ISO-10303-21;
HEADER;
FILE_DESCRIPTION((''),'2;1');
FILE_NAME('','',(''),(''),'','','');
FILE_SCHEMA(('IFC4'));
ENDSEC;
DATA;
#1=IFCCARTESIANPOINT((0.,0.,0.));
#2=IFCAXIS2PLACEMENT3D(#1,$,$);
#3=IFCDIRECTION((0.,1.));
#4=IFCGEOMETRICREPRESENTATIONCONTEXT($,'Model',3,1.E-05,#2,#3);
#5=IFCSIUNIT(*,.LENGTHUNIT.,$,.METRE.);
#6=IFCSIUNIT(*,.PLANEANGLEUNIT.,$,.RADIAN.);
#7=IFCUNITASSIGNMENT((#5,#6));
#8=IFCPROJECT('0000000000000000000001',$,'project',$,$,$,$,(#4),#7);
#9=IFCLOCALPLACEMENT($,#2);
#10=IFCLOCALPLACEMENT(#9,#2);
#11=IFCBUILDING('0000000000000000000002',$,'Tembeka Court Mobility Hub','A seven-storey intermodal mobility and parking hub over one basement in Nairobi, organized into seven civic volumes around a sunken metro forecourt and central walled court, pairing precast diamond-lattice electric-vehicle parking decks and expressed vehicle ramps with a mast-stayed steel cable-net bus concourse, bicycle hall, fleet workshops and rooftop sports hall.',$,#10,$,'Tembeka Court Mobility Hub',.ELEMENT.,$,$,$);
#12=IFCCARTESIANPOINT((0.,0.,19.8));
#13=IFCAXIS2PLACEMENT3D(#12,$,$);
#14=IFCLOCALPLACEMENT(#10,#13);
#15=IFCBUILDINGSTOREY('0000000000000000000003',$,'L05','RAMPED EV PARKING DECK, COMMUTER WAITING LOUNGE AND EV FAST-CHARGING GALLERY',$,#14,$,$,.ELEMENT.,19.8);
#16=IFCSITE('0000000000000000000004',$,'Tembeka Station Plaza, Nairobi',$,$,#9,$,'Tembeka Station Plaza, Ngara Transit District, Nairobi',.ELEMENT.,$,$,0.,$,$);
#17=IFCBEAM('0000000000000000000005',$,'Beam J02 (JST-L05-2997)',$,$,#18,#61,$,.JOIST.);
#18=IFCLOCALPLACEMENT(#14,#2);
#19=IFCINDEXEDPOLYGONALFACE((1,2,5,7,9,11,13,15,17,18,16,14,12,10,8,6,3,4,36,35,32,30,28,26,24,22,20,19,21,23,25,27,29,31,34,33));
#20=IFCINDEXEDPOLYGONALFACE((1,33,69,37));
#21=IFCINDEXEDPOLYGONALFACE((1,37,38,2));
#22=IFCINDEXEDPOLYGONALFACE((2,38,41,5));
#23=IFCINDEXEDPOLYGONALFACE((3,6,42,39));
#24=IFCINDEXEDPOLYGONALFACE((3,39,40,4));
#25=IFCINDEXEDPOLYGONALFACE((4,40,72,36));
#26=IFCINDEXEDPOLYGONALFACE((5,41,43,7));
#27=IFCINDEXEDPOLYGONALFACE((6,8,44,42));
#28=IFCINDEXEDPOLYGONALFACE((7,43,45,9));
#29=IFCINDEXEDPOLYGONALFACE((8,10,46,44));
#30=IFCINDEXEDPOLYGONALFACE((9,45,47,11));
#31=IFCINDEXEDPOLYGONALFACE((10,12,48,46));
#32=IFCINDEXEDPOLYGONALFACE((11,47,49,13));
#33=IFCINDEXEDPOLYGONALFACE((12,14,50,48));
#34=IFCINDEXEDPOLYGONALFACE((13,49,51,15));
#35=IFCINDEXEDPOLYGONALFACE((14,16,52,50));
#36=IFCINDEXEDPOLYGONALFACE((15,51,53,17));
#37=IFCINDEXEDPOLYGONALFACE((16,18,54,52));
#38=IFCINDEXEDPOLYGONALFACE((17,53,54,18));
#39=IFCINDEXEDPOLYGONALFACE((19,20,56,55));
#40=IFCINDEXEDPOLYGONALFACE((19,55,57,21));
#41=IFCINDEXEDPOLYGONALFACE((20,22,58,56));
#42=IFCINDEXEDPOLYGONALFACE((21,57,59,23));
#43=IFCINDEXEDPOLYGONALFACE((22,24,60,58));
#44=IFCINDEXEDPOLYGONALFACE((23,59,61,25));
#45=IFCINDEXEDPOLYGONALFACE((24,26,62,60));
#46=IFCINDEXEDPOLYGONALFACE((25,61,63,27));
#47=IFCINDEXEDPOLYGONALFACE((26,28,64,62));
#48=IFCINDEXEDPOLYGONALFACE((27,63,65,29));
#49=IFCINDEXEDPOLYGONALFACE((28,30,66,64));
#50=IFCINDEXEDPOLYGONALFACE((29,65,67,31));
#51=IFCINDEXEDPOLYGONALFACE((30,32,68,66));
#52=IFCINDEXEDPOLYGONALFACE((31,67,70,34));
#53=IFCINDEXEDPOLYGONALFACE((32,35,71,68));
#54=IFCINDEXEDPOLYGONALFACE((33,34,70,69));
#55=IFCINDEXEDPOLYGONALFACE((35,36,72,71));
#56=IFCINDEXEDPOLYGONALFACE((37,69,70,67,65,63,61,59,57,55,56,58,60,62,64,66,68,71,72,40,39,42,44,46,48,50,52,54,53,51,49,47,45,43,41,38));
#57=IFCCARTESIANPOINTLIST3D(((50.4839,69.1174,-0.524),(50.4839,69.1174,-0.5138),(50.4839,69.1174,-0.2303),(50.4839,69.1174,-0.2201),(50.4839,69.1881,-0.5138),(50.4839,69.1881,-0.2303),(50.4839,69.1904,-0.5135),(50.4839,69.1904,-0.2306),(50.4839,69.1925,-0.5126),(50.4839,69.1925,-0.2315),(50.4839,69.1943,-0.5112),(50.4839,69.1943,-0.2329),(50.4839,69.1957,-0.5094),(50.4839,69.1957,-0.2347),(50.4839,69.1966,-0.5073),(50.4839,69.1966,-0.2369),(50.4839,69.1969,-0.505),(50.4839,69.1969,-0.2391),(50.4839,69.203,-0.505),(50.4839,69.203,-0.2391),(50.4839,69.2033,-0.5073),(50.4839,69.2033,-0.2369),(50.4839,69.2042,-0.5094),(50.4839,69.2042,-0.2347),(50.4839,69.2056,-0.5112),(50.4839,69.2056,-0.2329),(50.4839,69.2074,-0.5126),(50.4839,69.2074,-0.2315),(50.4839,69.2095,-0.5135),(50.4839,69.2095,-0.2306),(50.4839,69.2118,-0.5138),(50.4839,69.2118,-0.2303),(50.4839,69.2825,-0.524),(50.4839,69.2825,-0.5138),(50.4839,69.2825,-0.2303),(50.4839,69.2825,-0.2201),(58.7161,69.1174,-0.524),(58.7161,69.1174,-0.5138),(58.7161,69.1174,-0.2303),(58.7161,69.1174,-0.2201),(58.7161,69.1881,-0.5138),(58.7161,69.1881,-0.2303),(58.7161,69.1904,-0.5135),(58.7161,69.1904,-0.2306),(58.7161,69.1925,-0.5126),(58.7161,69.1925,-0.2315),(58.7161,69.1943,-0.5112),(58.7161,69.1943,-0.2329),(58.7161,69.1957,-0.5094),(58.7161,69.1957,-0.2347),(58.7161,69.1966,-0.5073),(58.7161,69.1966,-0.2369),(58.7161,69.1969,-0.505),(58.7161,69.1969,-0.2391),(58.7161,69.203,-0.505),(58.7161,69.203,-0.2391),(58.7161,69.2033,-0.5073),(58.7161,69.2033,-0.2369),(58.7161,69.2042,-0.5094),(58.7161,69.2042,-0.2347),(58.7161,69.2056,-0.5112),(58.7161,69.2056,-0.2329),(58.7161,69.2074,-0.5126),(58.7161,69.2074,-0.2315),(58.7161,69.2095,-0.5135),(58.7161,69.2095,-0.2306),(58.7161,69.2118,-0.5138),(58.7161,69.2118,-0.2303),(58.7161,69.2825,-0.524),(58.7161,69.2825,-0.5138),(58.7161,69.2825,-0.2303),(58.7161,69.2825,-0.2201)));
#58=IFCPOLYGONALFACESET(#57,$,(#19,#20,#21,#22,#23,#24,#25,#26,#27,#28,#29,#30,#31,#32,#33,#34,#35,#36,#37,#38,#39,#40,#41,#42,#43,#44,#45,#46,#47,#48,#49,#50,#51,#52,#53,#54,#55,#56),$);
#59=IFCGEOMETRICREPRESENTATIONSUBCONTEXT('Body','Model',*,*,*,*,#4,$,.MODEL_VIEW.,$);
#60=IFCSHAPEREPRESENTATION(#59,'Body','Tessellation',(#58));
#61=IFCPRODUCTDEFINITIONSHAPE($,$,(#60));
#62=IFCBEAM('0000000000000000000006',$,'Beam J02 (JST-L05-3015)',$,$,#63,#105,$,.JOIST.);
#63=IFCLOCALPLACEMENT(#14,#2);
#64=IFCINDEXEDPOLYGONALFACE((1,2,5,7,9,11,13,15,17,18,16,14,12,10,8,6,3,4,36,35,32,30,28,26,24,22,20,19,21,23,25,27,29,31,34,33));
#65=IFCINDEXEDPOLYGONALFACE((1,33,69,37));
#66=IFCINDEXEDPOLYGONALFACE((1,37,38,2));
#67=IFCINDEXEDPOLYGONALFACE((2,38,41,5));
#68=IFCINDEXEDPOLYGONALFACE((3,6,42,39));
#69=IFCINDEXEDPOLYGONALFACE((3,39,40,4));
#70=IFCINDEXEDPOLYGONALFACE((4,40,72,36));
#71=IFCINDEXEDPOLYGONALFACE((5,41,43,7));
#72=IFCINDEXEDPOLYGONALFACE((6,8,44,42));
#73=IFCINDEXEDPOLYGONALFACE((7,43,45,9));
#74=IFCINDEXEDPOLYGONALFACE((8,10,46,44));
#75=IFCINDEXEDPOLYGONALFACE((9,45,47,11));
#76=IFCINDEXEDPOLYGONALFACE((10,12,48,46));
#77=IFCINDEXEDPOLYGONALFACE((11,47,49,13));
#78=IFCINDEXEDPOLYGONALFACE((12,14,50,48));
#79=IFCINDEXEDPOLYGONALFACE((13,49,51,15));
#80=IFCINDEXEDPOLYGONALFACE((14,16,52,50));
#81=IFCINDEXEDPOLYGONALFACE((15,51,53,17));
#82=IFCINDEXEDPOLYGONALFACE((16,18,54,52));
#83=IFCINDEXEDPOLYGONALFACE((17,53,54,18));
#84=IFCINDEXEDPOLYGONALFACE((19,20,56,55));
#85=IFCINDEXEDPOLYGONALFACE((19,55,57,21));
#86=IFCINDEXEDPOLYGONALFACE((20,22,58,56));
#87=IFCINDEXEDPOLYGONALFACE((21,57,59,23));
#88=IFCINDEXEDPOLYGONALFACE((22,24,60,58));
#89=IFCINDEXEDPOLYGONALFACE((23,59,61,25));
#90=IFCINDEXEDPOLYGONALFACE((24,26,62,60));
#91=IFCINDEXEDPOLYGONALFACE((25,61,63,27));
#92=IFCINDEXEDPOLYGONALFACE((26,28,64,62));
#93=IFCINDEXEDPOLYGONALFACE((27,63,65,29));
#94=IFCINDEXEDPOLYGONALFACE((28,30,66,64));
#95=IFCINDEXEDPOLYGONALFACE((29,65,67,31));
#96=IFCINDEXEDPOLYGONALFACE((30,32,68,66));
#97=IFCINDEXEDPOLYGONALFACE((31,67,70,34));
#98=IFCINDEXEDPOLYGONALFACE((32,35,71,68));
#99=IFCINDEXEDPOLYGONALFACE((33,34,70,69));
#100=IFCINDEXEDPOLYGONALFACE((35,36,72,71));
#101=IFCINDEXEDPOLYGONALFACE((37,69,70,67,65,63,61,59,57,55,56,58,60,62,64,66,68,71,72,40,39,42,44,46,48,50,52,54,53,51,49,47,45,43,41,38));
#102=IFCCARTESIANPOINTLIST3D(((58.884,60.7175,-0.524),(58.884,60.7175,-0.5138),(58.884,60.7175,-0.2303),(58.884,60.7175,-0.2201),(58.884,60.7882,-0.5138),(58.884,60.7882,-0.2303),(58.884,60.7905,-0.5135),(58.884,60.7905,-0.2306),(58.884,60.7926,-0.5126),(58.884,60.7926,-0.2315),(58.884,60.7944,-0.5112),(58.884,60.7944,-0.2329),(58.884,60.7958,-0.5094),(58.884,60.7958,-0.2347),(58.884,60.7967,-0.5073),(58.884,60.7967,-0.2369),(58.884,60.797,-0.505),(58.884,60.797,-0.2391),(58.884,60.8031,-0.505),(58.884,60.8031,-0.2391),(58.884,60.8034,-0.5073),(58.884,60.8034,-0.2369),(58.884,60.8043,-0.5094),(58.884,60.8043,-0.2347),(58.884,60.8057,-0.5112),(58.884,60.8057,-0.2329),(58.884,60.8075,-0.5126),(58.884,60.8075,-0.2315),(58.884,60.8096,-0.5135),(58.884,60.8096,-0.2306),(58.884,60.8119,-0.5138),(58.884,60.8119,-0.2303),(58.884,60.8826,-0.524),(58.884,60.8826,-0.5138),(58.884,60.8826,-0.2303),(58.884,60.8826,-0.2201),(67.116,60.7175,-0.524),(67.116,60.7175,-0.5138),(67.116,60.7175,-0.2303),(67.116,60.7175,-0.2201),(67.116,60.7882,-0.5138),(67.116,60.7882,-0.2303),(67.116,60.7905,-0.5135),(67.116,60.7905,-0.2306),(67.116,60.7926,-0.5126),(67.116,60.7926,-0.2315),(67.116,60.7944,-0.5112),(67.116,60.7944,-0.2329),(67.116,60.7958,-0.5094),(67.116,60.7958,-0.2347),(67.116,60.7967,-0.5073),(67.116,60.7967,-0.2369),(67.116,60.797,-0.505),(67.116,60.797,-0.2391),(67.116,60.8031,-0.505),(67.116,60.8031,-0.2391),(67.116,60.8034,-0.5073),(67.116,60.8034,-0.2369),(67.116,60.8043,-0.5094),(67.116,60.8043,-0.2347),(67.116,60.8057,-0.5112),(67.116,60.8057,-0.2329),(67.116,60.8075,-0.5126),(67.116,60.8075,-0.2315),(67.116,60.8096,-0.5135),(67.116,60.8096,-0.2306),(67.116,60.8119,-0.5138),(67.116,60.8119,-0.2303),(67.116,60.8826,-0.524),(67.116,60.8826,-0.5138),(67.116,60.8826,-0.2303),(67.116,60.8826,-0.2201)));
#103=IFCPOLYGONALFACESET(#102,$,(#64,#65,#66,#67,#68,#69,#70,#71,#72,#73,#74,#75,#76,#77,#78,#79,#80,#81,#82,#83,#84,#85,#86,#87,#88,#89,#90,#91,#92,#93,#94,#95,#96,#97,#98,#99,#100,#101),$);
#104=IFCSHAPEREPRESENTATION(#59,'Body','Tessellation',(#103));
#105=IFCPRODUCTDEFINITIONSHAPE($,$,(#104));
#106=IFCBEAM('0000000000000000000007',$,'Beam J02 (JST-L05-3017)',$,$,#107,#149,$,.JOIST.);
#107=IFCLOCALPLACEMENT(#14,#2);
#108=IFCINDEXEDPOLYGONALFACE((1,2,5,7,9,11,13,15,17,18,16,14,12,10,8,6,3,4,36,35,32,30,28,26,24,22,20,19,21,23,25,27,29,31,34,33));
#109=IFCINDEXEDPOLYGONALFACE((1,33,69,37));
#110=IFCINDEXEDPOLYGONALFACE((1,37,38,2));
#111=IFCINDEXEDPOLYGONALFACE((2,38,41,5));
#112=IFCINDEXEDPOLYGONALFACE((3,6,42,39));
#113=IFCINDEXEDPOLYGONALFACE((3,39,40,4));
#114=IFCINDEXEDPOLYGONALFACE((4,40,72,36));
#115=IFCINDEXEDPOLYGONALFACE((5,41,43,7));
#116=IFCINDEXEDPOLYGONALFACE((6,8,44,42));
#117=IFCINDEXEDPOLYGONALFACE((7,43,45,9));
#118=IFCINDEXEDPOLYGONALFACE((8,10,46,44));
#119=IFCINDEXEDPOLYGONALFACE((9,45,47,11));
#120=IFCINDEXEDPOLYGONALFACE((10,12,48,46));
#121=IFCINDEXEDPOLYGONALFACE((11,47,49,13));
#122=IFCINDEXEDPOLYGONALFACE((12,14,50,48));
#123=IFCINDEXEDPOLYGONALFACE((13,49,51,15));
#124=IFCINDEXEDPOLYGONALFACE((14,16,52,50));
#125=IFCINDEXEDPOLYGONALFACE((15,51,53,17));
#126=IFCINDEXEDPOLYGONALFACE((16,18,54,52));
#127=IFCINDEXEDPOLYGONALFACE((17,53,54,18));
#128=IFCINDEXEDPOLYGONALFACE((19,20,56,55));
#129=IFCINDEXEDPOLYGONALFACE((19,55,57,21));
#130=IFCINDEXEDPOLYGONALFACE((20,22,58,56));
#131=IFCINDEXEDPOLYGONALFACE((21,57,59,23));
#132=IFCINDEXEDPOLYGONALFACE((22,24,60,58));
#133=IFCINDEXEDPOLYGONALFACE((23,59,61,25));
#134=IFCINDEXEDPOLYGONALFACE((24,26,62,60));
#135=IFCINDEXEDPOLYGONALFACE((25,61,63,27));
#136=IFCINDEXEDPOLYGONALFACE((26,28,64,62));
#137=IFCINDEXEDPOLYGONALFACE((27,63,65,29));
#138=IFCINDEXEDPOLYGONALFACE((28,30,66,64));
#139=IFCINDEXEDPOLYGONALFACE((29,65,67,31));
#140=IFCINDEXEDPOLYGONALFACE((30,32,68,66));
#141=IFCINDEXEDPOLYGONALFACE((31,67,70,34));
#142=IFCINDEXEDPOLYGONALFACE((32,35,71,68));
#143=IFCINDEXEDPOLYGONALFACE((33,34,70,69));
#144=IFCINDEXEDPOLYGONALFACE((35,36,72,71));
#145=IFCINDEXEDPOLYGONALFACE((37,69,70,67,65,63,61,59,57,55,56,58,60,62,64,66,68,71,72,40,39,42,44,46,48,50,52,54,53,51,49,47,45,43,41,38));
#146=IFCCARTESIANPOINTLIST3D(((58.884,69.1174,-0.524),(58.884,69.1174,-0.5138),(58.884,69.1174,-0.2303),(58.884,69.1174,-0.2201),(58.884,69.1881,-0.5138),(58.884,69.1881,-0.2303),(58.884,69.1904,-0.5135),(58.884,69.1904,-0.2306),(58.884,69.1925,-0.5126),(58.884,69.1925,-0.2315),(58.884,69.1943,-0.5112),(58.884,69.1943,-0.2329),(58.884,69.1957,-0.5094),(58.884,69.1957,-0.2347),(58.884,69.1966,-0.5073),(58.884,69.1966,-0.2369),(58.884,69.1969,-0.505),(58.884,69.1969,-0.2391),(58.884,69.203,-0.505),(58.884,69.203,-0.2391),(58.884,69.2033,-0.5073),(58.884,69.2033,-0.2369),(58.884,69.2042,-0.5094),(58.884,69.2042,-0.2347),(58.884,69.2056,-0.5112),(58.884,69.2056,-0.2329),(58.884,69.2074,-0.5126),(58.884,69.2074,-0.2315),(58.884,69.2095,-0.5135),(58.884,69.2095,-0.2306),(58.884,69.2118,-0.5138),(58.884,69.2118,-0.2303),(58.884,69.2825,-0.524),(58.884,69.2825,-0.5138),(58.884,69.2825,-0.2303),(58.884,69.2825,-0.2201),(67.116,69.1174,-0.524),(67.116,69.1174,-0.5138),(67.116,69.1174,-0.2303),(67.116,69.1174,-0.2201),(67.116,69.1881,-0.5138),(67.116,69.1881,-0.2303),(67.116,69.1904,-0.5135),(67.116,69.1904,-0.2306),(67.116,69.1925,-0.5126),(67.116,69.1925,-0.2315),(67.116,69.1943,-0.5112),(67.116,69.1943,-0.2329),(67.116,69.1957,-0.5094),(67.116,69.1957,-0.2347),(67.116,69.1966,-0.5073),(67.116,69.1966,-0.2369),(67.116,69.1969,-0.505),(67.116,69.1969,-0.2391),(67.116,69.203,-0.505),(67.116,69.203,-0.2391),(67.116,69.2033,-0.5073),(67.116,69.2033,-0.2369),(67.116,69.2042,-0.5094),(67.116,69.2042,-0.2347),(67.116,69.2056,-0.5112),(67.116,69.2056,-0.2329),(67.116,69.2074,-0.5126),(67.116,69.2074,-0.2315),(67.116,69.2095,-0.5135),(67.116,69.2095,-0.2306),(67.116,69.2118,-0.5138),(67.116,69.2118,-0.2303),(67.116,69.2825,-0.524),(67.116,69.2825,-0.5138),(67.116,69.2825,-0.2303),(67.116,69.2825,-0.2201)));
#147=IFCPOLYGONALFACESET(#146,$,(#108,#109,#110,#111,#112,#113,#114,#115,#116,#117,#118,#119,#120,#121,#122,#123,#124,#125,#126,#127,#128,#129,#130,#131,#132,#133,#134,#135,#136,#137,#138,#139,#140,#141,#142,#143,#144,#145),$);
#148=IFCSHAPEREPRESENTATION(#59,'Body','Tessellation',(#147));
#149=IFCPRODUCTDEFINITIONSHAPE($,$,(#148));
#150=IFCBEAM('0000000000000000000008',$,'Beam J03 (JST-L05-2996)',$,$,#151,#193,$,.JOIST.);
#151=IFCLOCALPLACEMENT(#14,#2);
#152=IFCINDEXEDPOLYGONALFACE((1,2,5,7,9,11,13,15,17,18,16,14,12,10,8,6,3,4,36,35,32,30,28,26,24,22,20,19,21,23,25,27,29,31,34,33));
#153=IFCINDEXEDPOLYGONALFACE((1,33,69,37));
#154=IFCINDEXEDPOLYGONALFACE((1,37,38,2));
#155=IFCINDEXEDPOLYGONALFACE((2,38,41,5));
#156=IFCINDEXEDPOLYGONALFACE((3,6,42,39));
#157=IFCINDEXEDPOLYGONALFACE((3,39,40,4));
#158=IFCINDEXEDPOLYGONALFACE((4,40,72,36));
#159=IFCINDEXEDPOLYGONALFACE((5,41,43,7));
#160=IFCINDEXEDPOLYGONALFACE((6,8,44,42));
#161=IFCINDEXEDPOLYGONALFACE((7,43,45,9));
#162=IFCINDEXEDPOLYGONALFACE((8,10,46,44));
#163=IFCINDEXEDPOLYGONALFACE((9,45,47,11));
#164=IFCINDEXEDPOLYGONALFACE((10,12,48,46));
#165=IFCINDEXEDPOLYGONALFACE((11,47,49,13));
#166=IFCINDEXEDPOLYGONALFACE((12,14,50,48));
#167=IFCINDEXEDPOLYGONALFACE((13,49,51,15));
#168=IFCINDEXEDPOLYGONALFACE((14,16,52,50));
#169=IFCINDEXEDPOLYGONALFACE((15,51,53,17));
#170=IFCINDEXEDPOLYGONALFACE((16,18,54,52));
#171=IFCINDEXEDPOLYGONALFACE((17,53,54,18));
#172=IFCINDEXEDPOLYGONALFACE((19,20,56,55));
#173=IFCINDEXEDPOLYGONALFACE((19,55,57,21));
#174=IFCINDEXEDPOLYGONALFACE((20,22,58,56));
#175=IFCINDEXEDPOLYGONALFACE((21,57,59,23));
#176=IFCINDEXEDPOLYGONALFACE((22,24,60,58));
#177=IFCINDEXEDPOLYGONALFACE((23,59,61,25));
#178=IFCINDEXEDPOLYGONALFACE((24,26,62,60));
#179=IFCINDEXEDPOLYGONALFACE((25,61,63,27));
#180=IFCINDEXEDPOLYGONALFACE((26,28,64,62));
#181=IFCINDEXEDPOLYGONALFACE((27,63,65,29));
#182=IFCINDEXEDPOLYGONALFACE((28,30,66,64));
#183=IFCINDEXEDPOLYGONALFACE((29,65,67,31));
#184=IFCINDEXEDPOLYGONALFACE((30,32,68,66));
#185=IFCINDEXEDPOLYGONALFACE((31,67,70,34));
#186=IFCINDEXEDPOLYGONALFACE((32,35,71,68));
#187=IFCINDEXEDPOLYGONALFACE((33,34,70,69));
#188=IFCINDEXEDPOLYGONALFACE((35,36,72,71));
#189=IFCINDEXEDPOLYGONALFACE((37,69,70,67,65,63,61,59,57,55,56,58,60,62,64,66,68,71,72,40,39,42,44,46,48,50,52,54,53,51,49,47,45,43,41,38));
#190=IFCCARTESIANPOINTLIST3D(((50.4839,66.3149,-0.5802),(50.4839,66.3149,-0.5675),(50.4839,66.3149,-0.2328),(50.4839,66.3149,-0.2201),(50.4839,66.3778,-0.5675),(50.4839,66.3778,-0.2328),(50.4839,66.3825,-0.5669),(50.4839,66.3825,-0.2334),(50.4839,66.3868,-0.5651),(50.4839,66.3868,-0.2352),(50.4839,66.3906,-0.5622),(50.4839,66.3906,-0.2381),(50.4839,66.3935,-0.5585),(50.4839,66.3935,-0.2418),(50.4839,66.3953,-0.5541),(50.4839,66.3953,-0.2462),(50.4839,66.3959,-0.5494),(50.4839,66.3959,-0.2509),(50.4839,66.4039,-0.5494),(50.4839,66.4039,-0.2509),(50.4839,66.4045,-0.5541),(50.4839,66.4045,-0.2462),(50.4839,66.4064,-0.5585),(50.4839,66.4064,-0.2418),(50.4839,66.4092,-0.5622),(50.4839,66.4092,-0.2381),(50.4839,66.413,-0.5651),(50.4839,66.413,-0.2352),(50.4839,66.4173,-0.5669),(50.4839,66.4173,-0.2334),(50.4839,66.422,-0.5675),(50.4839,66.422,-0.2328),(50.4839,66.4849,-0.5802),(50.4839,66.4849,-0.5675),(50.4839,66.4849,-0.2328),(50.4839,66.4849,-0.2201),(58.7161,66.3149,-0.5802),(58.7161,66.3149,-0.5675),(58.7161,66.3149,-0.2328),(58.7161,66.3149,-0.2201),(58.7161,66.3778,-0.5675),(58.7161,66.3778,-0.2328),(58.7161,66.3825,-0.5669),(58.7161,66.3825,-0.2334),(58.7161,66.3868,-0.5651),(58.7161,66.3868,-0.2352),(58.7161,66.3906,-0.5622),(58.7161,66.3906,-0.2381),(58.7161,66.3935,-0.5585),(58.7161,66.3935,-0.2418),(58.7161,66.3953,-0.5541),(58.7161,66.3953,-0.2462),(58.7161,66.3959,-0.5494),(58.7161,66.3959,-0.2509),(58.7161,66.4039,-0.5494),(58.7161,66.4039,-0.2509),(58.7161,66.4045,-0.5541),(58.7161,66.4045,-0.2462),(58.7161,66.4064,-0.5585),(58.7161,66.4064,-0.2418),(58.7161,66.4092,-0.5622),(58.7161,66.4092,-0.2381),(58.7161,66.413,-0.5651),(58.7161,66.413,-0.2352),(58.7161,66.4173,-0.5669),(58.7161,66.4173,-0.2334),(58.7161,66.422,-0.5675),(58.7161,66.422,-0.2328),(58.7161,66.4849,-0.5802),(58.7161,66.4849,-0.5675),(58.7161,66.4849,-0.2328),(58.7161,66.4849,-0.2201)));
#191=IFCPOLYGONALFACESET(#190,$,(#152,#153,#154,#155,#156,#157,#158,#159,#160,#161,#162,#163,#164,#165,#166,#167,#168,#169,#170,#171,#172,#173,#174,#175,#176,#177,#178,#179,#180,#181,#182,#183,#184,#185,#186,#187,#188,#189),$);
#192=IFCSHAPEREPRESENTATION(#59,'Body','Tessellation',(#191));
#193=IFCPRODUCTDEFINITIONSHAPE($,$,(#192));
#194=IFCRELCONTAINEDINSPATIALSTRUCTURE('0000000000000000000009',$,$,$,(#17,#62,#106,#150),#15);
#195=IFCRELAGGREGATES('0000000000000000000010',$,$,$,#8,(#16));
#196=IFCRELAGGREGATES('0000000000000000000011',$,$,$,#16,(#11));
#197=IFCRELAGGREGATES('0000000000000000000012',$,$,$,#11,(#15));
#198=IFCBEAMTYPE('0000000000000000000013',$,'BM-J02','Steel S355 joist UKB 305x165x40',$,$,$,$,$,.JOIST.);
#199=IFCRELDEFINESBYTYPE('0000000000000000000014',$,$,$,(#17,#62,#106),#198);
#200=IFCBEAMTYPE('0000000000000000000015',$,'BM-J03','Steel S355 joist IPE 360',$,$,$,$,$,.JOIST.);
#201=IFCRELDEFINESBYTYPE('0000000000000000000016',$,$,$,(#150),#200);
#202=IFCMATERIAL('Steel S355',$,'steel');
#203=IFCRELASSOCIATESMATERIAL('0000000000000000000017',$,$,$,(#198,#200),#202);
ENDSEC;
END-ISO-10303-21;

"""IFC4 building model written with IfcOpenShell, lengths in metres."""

from ifc_helpers import new_model, si_unit, direction, frame, origin, origin_2d, place, context, subcontext, project, spatial, i_section, extrude, material, material_profile, profile_set, type_object, element, save


model = new_model("IFC4")

# Units and contexts
model_context = context("Model", 3, precision=1e-05, world=origin(), true_north=direction((0.0, 1.0)))
body_context = subcontext(model_context, "Body", "Model", "MODEL_VIEW")
ifc_project = project(units=[si_unit("LENGTHUNIT", "METRE"), si_unit("PLANEANGLEUNIT", "RADIAN")], contexts=[model_context])

# Site, building, storey
site_placement = place(None, origin())
site = spatial("IfcSite", under=ifc_project, at=site_placement, Name="Tembeka Station Plaza, Nairobi", LongName="Tembeka Station Plaza, Ngara Transit District, Nairobi", CompositionType="ELEMENT", RefElevation=0.0)
building_placement = place(site_placement, origin())
building = spatial("IfcBuilding", under=site, at=building_placement, Name="Tembeka Court Mobility Hub", Description="A seven-storey intermodal mobility and parking hub over one basement in Nairobi, organized into seven civic volumes around a sunken metro forecourt and central walled court, pairing precast diamond-lattice electric-vehicle parking decks and expressed vehicle ramps with a mast-stayed steel cable-net bus concourse, bicycle hall, fleet workshops and rooftop sports hall.", LongName="Tembeka Court Mobility Hub", CompositionType="ELEMENT")
storey_placement = place(building_placement, frame((0.0, 0.0, 19.8)))
storey = spatial("IfcBuildingStorey", under=building, at=storey_placement, Name="L05", Description="RAMPED EV PARKING DECK, COMMUTER WAITING LOUNGE AND EV FAST-CHARGING GALLERY", CompositionType="ELEMENT", Elevation=19.8)

# Shared definitions
ifc_material_1 = material(Name="Steel S355", Category="steel")

# Beams
ifc_material_profile_1 = material_profile(ifc_material_1, i_section(OverallWidth=0.165, OverallDepth=0.304, WebThickness=0.0061, FlangeThickness=0.0103, FilletRadius=0.0088, at=origin_2d()), Name="UKB 305x165x40")
ifc_profile_set_1 = profile_set([ifc_material_profile_1], Name="Steel S355")
beam_type_1 = type_object("IfcBeamType", Name="BM-J02", Description="Steel S355 joist UKB 305x165x40", PredefinedType="JOIST", material=ifc_profile_set_1)
beam_1_placement = place(storey_placement, frame((50.4839, 69.2, -0.3721), z_axis=(1.0, 0.0, 0.0), x_axis=(0.0, 1.0, 0.0)))
element("IfcBeam", 1, at=beam_1_placement, inside=storey, type_object=beam_type_1, Name="Beam J02 (JST-L05-2997)", PredefinedType="JOIST", context=body_context, shape_type="SweptSolid", body=[
    extrude(i_section(OverallWidth=0.165, OverallDepth=0.304, WebThickness=0.0061, FlangeThickness=0.0103, FilletRadius=0.0088, at=origin_2d()), origin(), (0.0, 0.0, 1.0), 8.2322),
])
for number, where, z_axis, x_axis, name in (
    (2, (58.884, 60.8, -0.3721), (1.0, 0.0, 0.0), (0.0, 1.0, 0.0), "Beam J02 (JST-L05-3015)"),
    (3, (58.884, 69.2, -0.3721), (1.0, 0.0, 0.0), (0.0, 1.0, 0.0), "Beam J02 (JST-L05-3017)"),
):
    element("IfcBeam", number, at=place(storey_placement, frame(where, z_axis=z_axis, x_axis=x_axis)), inside=storey, type_object=beam_type_1, Name=name, PredefinedType="JOIST", context=body_context, shape_type="SweptSolid", body=[
        extrude(i_section(OverallWidth=0.165, OverallDepth=0.304, WebThickness=0.0061, FlangeThickness=0.0103, FilletRadius=0.0088, at=origin_2d()), origin(), (0.0, 0.0, 1.0), 8.2319),
    ])
ifc_material_profile_2 = material_profile(ifc_material_1, i_section(OverallWidth=0.1699, OverallDepth=0.3601, WebThickness=0.0081, FlangeThickness=0.0127, FilletRadius=0.0181, at=origin_2d()), Name="IPE 360")
ifc_profile_set_2 = profile_set([ifc_material_profile_2], Name="Steel S355")
beam_type_2 = type_object("IfcBeamType", Name="BM-J03", Description="Steel S355 joist IPE 360", PredefinedType="JOIST", material=ifc_profile_set_2)
beam_2_placement = place(storey_placement, frame((50.4839, 66.3999, -0.4001), z_axis=(1.0, 0.0, 0.0), x_axis=(0.0, 1.0, 0.0)))
element("IfcBeam", 4, at=beam_2_placement, inside=storey, type_object=beam_type_2, Name="Beam J03 (JST-L05-2996)", PredefinedType="JOIST", context=body_context, shape_type="SweptSolid", body=[
    extrude(i_section(OverallWidth=0.1699, OverallDepth=0.3601, WebThickness=0.0081, FlangeThickness=0.0127, FilletRadius=0.0181, at=origin_2d()), origin(), (0.0, 0.0, 1.0), 8.2322),
])

save(model, "model.ifc")
